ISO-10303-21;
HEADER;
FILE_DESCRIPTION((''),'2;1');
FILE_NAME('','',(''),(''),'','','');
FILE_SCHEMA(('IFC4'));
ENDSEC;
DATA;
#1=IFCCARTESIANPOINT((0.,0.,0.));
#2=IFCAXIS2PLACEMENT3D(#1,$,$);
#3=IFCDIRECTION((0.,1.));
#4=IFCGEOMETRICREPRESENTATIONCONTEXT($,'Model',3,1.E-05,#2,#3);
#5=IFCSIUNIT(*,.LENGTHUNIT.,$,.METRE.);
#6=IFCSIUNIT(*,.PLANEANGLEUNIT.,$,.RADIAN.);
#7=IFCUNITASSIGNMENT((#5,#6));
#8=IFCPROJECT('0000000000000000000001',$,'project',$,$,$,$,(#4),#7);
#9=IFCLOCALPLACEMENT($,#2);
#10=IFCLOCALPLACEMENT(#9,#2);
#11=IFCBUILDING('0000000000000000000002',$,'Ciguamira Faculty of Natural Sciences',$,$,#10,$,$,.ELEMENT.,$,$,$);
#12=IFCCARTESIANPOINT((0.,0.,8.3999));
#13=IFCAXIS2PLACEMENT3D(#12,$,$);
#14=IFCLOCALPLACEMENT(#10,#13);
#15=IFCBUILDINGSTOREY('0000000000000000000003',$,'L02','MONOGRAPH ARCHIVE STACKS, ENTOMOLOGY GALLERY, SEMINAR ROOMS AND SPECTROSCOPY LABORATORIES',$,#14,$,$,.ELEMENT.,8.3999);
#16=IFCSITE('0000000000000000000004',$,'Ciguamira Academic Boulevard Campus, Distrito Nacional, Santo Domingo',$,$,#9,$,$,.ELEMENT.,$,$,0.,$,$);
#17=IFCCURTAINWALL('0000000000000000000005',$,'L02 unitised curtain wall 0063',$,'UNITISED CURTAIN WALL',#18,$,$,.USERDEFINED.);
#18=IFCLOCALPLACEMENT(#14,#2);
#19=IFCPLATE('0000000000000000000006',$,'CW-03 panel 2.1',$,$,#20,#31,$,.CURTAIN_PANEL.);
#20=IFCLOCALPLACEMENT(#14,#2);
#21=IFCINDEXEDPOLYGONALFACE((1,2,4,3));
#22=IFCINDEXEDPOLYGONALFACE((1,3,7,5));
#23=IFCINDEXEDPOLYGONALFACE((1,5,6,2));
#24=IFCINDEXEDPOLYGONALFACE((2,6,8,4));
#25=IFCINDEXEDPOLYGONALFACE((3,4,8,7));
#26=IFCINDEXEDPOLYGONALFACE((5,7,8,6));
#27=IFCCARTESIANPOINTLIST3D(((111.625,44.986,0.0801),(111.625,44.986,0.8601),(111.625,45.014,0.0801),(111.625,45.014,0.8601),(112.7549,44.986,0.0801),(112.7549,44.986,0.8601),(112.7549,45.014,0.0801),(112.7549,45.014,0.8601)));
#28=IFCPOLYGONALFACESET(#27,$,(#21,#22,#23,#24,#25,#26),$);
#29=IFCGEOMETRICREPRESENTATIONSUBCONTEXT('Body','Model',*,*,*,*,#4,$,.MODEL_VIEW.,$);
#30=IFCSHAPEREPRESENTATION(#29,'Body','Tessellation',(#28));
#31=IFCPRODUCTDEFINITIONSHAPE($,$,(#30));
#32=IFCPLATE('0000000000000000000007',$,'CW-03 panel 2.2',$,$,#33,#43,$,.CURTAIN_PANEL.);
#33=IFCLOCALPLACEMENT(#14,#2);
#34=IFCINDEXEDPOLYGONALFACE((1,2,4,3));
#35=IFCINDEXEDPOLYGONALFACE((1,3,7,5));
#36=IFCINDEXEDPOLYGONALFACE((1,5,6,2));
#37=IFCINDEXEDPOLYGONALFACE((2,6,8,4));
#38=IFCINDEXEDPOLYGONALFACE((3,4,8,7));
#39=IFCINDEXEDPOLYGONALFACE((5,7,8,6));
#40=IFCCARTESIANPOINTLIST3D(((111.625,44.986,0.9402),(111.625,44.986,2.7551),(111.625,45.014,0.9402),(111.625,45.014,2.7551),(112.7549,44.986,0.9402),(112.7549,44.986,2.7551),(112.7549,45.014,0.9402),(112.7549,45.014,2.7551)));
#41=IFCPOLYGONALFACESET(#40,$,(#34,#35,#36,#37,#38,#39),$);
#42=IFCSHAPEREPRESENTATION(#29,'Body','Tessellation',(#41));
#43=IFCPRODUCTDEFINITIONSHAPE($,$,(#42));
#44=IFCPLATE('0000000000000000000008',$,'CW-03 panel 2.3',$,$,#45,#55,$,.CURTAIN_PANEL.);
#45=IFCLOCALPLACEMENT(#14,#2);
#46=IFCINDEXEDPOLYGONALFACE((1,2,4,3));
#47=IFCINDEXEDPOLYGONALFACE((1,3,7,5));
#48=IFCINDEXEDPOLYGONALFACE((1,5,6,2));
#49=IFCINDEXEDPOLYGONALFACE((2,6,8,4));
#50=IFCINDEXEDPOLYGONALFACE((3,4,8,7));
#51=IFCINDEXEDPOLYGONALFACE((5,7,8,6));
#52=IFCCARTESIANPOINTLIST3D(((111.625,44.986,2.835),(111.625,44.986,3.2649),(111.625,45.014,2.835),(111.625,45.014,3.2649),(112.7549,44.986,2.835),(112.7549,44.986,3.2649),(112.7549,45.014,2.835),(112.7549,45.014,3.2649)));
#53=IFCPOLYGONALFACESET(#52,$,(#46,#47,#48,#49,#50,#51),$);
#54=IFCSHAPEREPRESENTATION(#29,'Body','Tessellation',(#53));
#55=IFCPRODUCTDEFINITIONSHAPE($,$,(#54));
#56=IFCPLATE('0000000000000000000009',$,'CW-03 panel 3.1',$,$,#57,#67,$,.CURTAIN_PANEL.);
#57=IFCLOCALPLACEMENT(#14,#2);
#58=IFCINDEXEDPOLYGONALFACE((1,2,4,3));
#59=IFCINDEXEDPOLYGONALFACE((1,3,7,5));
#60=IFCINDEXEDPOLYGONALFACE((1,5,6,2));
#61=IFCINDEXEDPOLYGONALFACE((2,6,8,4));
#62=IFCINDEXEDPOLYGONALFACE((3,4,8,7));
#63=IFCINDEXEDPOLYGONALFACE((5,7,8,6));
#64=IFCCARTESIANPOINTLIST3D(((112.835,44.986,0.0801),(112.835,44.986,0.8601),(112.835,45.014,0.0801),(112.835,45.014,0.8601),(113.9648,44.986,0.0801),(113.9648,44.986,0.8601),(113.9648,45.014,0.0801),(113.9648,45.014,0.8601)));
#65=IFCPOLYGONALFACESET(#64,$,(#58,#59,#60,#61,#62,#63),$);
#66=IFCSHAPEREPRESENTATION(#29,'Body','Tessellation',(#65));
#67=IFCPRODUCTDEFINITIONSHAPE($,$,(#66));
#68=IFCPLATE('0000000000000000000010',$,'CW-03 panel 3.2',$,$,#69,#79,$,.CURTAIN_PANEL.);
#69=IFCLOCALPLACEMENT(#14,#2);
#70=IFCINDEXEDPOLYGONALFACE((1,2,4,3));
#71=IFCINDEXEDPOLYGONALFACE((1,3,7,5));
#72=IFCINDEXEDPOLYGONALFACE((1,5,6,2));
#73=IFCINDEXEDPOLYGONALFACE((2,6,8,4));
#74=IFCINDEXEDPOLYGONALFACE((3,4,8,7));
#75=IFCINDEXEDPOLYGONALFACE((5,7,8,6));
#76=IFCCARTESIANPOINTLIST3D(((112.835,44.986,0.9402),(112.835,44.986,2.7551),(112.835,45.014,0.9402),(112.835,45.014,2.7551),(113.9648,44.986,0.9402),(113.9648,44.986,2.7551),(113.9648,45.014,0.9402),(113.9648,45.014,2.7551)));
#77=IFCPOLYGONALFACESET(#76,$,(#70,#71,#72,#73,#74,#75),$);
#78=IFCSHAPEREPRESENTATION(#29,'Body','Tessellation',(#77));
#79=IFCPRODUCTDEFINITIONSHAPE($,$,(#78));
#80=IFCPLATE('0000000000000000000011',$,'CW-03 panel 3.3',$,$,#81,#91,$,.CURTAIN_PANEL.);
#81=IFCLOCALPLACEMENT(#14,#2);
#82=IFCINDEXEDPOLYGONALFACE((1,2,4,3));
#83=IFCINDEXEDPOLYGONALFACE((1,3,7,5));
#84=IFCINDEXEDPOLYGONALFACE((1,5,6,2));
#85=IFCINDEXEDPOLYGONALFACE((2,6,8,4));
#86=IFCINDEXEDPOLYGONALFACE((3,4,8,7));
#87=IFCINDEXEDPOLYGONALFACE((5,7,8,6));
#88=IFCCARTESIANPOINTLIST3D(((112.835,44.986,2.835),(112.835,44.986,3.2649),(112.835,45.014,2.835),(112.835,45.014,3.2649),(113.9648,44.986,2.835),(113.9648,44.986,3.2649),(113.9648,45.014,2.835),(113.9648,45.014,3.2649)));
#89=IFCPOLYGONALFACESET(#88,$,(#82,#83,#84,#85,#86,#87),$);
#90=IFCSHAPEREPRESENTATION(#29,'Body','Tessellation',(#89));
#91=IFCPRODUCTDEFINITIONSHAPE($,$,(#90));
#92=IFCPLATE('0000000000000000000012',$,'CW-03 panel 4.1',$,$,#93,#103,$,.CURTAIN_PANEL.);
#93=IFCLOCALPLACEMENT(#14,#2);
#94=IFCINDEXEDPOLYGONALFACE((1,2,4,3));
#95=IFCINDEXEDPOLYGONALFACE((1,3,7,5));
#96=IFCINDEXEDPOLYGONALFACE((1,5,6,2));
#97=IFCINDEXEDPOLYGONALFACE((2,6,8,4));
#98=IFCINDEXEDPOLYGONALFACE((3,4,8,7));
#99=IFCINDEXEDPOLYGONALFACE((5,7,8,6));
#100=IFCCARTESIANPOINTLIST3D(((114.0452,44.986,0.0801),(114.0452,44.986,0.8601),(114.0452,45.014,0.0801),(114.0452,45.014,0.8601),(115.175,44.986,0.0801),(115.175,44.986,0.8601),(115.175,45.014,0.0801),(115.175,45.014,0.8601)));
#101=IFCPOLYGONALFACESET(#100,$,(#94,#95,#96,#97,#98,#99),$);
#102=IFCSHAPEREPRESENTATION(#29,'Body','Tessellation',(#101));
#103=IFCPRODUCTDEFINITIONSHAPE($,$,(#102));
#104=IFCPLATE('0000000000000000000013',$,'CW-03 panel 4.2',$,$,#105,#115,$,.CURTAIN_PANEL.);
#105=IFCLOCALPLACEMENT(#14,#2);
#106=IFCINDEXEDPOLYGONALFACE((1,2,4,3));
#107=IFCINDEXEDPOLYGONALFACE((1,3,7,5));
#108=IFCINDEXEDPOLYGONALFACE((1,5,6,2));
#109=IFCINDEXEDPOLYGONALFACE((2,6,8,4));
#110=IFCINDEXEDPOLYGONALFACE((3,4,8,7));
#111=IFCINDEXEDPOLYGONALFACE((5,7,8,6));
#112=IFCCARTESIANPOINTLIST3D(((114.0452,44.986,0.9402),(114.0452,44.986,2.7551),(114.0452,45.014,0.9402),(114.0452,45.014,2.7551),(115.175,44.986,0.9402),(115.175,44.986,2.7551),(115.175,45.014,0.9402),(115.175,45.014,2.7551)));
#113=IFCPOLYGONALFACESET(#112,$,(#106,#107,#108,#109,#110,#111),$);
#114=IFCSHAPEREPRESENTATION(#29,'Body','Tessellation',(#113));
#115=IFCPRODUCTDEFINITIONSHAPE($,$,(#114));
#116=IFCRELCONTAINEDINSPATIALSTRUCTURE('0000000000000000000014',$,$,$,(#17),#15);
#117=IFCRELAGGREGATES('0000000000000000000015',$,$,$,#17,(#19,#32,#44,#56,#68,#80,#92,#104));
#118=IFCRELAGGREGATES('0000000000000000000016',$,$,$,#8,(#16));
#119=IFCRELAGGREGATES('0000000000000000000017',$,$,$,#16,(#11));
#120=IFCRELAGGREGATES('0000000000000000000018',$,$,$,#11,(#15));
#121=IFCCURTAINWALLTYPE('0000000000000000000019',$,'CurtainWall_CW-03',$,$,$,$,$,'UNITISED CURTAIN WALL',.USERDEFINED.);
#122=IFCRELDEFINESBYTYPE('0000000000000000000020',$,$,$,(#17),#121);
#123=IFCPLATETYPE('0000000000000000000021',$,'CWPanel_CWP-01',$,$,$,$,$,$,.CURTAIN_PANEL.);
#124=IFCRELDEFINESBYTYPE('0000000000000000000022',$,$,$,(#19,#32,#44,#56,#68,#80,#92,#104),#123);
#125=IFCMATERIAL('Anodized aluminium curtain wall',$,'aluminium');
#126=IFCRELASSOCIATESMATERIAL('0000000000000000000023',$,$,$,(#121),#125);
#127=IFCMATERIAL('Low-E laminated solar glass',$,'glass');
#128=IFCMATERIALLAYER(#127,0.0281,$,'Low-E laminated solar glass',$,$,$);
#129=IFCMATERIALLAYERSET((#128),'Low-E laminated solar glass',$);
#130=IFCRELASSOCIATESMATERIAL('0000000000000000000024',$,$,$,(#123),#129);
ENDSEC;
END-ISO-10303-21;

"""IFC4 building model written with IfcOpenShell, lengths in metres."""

from ifc_helpers import new_model, si_unit, direction, frame, origin, origin_2d, place, context, subcontext, project, spatial, rectangle, extrude, material, layer, layer_set, type_object, element, aggregate, save


model = new_model("IFC4")

# Units and contexts
model_context = context("Model", 3, precision=1e-05, world=origin(), true_north=direction((0.0, 1.0)))
body_context = subcontext(model_context, "Body", "Model", "MODEL_VIEW")
ifc_project = project(units=[si_unit("LENGTHUNIT", "METRE"), si_unit("PLANEANGLEUNIT", "RADIAN")], contexts=[model_context])

# Site, building, storey
site_placement = place(None, origin())
site = spatial("IfcSite", under=ifc_project, at=site_placement, Name="Ciguamira Academic Boulevard Campus, Distrito Nacional, Santo Domingo", CompositionType="ELEMENT", RefElevation=0.0)
building_placement = place(site_placement, origin())
building = spatial("IfcBuilding", under=site, at=building_placement, Name="Ciguamira Faculty of Natural Sciences", CompositionType="ELEMENT")
storey_placement = place(building_placement, frame((0.0, 0.0, 8.3999)))
storey = spatial("IfcBuildingStorey", under=building, at=storey_placement, Name="L02", Description="MONOGRAPH ARCHIVE STACKS, ENTOMOLOGY GALLERY, SEMINAR ROOMS AND SPECTROSCOPY LABORATORIES", CompositionType="ELEMENT", Elevation=8.3999)

# Curtain wall
ifc_material_1 = material(Name="Anodized aluminium curtain wall", Category="aluminium")
curtain_wall_type = type_object("IfcCurtainWallType", Name="CurtainWall_CW-03", ElementType="UNITISED CURTAIN WALL", PredefinedType="USERDEFINED", material=ifc_material_1)
curtain_wall_placement = place(storey_placement, origin())
curtain_wall = element("IfcCurtainWall", 1, at=curtain_wall_placement, inside=storey, type_object=curtain_wall_type, Name="L02 unitised curtain wall 0063", ObjectType="UNITISED CURTAIN WALL", PredefinedType="USERDEFINED")

# Plates
ifc_material_2 = material(Name="Low-E laminated solar glass", Category="glass")
ifc_layer = layer(ifc_material_2, 0.0281, Name="Low-E laminated solar glass")
ifc_layer_set = layer_set([ifc_layer], Name="Low-E laminated solar glass")
plate_type = type_object("IfcPlateType", Name="CWPanel_CWP-01", PredefinedType="CURTAIN_PANEL", material=ifc_layer_set)
plate_1_placement = place(storey_placement, frame((112.1899, 45.0, 0.0801), z_axis=(0.0, 0.0, 1.0), x_axis=(1.0, 0.0, 0.0)))
plate_1 = element("IfcPlate", 2, at=plate_1_placement, type_object=plate_type, Name="CW-03 panel 2.1", PredefinedType="CURTAIN_PANEL", context=body_context, shape_type="SweptSolid", body=[
    extrude(rectangle(XDim=1.1299, YDim=0.0281, at=origin_2d()), origin(), (0.0, 0.0, 1.0), 0.78),
])
plate_2_placement = place(storey_placement, frame((112.1899, 45.0, 0.9402), z_axis=(0.0, 0.0, 1.0), x_axis=(1.0, 0.0, 0.0)))
plate_2 = element("IfcPlate", 3, at=plate_2_placement, type_object=plate_type, Name="CW-03 panel 2.2", PredefinedType="CURTAIN_PANEL", context=body_context, shape_type="SweptSolid", body=[
    extrude(rectangle(XDim=1.1299, YDim=0.0281, at=origin_2d()), origin(), (0.0, 0.0, 1.0), 1.8149),
])
plate_3_placement = place(storey_placement, frame((112.1899, 45.0, 2.835), z_axis=(0.0, 0.0, 1.0), x_axis=(1.0, 0.0, 0.0)))
plate_3 = element("IfcPlate", 4, at=plate_3_placement, type_object=plate_type, Name="CW-03 panel 2.3", PredefinedType="CURTAIN_PANEL", context=body_context, shape_type="SweptSolid", body=[
    extrude(rectangle(XDim=1.1299, YDim=0.0281, at=origin_2d()), origin(), (0.0, 0.0, 1.0), 0.4299),
])
plate_4_placement = place(storey_placement, frame((113.3999, 45.0, 0.0801), z_axis=(0.0, 0.0, 1.0), x_axis=(1.0, 0.0, 0.0)))
plate_4 = element("IfcPlate", 5, at=plate_4_placement, type_object=plate_type, Name="CW-03 panel 3.1", PredefinedType="CURTAIN_PANEL", context=body_context, shape_type="SweptSolid", body=[
    extrude(rectangle(XDim=1.1299, YDim=0.0281, at=origin_2d()), origin(), (0.0, 0.0, 1.0), 0.78),
])
plate_5_placement = place(storey_placement, frame((113.3999, 45.0, 0.9402), z_axis=(0.0, 0.0, 1.0), x_axis=(1.0, 0.0, 0.0)))
plate_5 = element("IfcPlate", 6, at=plate_5_placement, type_object=plate_type, Name="CW-03 panel 3.2", PredefinedType="CURTAIN_PANEL", context=body_context, shape_type="SweptSolid", body=[
    extrude(rectangle(XDim=1.1299, YDim=0.0281, at=origin_2d()), origin(), (0.0, 0.0, 1.0), 1.8149),
])
plate_6_placement = place(storey_placement, frame((113.3999, 45.0, 2.835), z_axis=(0.0, 0.0, 1.0), x_axis=(1.0, 0.0, 0.0)))
plate_6 = element("IfcPlate", 7, at=plate_6_placement, type_object=plate_type, Name="CW-03 panel 3.3", PredefinedType="CURTAIN_PANEL", context=body_context, shape_type="SweptSolid", body=[
    extrude(rectangle(XDim=1.1299, YDim=0.0281, at=origin_2d()), origin(), (0.0, 0.0, 1.0), 0.4299),
])
plate_7_placement = place(storey_placement, frame((114.6101, 45.0, 0.0801), z_axis=(0.0, 0.0, 1.0), x_axis=(1.0, 0.0, 0.0)))
plate_7 = element("IfcPlate", 8, at=plate_7_placement, type_object=plate_type, Name="CW-03 panel 4.1", PredefinedType="CURTAIN_PANEL", context=body_context, shape_type="SweptSolid", body=[
    extrude(rectangle(XDim=1.1299, YDim=0.0281, at=origin_2d()), origin(), (0.0, 0.0, 1.0), 0.78),
])
plate_8_placement = place(storey_placement, frame((114.6101, 45.0, 0.9402), z_axis=(0.0, 0.0, 1.0), x_axis=(1.0, 0.0, 0.0)))
plate_8 = element("IfcPlate", 9, at=plate_8_placement, type_object=plate_type, Name="CW-03 panel 4.2", PredefinedType="CURTAIN_PANEL", context=body_context, shape_type="SweptSolid", body=[
    extrude(rectangle(XDim=1.1299, YDim=0.0281, at=origin_2d()), origin(), (0.0, 0.0, 1.0), 1.8149),
])
aggregate(curtain_wall, [plate_1, plate_2, plate_3, plate_4, plate_5, plate_6, plate_7, plate_8])

save(model, "model.ifc")
